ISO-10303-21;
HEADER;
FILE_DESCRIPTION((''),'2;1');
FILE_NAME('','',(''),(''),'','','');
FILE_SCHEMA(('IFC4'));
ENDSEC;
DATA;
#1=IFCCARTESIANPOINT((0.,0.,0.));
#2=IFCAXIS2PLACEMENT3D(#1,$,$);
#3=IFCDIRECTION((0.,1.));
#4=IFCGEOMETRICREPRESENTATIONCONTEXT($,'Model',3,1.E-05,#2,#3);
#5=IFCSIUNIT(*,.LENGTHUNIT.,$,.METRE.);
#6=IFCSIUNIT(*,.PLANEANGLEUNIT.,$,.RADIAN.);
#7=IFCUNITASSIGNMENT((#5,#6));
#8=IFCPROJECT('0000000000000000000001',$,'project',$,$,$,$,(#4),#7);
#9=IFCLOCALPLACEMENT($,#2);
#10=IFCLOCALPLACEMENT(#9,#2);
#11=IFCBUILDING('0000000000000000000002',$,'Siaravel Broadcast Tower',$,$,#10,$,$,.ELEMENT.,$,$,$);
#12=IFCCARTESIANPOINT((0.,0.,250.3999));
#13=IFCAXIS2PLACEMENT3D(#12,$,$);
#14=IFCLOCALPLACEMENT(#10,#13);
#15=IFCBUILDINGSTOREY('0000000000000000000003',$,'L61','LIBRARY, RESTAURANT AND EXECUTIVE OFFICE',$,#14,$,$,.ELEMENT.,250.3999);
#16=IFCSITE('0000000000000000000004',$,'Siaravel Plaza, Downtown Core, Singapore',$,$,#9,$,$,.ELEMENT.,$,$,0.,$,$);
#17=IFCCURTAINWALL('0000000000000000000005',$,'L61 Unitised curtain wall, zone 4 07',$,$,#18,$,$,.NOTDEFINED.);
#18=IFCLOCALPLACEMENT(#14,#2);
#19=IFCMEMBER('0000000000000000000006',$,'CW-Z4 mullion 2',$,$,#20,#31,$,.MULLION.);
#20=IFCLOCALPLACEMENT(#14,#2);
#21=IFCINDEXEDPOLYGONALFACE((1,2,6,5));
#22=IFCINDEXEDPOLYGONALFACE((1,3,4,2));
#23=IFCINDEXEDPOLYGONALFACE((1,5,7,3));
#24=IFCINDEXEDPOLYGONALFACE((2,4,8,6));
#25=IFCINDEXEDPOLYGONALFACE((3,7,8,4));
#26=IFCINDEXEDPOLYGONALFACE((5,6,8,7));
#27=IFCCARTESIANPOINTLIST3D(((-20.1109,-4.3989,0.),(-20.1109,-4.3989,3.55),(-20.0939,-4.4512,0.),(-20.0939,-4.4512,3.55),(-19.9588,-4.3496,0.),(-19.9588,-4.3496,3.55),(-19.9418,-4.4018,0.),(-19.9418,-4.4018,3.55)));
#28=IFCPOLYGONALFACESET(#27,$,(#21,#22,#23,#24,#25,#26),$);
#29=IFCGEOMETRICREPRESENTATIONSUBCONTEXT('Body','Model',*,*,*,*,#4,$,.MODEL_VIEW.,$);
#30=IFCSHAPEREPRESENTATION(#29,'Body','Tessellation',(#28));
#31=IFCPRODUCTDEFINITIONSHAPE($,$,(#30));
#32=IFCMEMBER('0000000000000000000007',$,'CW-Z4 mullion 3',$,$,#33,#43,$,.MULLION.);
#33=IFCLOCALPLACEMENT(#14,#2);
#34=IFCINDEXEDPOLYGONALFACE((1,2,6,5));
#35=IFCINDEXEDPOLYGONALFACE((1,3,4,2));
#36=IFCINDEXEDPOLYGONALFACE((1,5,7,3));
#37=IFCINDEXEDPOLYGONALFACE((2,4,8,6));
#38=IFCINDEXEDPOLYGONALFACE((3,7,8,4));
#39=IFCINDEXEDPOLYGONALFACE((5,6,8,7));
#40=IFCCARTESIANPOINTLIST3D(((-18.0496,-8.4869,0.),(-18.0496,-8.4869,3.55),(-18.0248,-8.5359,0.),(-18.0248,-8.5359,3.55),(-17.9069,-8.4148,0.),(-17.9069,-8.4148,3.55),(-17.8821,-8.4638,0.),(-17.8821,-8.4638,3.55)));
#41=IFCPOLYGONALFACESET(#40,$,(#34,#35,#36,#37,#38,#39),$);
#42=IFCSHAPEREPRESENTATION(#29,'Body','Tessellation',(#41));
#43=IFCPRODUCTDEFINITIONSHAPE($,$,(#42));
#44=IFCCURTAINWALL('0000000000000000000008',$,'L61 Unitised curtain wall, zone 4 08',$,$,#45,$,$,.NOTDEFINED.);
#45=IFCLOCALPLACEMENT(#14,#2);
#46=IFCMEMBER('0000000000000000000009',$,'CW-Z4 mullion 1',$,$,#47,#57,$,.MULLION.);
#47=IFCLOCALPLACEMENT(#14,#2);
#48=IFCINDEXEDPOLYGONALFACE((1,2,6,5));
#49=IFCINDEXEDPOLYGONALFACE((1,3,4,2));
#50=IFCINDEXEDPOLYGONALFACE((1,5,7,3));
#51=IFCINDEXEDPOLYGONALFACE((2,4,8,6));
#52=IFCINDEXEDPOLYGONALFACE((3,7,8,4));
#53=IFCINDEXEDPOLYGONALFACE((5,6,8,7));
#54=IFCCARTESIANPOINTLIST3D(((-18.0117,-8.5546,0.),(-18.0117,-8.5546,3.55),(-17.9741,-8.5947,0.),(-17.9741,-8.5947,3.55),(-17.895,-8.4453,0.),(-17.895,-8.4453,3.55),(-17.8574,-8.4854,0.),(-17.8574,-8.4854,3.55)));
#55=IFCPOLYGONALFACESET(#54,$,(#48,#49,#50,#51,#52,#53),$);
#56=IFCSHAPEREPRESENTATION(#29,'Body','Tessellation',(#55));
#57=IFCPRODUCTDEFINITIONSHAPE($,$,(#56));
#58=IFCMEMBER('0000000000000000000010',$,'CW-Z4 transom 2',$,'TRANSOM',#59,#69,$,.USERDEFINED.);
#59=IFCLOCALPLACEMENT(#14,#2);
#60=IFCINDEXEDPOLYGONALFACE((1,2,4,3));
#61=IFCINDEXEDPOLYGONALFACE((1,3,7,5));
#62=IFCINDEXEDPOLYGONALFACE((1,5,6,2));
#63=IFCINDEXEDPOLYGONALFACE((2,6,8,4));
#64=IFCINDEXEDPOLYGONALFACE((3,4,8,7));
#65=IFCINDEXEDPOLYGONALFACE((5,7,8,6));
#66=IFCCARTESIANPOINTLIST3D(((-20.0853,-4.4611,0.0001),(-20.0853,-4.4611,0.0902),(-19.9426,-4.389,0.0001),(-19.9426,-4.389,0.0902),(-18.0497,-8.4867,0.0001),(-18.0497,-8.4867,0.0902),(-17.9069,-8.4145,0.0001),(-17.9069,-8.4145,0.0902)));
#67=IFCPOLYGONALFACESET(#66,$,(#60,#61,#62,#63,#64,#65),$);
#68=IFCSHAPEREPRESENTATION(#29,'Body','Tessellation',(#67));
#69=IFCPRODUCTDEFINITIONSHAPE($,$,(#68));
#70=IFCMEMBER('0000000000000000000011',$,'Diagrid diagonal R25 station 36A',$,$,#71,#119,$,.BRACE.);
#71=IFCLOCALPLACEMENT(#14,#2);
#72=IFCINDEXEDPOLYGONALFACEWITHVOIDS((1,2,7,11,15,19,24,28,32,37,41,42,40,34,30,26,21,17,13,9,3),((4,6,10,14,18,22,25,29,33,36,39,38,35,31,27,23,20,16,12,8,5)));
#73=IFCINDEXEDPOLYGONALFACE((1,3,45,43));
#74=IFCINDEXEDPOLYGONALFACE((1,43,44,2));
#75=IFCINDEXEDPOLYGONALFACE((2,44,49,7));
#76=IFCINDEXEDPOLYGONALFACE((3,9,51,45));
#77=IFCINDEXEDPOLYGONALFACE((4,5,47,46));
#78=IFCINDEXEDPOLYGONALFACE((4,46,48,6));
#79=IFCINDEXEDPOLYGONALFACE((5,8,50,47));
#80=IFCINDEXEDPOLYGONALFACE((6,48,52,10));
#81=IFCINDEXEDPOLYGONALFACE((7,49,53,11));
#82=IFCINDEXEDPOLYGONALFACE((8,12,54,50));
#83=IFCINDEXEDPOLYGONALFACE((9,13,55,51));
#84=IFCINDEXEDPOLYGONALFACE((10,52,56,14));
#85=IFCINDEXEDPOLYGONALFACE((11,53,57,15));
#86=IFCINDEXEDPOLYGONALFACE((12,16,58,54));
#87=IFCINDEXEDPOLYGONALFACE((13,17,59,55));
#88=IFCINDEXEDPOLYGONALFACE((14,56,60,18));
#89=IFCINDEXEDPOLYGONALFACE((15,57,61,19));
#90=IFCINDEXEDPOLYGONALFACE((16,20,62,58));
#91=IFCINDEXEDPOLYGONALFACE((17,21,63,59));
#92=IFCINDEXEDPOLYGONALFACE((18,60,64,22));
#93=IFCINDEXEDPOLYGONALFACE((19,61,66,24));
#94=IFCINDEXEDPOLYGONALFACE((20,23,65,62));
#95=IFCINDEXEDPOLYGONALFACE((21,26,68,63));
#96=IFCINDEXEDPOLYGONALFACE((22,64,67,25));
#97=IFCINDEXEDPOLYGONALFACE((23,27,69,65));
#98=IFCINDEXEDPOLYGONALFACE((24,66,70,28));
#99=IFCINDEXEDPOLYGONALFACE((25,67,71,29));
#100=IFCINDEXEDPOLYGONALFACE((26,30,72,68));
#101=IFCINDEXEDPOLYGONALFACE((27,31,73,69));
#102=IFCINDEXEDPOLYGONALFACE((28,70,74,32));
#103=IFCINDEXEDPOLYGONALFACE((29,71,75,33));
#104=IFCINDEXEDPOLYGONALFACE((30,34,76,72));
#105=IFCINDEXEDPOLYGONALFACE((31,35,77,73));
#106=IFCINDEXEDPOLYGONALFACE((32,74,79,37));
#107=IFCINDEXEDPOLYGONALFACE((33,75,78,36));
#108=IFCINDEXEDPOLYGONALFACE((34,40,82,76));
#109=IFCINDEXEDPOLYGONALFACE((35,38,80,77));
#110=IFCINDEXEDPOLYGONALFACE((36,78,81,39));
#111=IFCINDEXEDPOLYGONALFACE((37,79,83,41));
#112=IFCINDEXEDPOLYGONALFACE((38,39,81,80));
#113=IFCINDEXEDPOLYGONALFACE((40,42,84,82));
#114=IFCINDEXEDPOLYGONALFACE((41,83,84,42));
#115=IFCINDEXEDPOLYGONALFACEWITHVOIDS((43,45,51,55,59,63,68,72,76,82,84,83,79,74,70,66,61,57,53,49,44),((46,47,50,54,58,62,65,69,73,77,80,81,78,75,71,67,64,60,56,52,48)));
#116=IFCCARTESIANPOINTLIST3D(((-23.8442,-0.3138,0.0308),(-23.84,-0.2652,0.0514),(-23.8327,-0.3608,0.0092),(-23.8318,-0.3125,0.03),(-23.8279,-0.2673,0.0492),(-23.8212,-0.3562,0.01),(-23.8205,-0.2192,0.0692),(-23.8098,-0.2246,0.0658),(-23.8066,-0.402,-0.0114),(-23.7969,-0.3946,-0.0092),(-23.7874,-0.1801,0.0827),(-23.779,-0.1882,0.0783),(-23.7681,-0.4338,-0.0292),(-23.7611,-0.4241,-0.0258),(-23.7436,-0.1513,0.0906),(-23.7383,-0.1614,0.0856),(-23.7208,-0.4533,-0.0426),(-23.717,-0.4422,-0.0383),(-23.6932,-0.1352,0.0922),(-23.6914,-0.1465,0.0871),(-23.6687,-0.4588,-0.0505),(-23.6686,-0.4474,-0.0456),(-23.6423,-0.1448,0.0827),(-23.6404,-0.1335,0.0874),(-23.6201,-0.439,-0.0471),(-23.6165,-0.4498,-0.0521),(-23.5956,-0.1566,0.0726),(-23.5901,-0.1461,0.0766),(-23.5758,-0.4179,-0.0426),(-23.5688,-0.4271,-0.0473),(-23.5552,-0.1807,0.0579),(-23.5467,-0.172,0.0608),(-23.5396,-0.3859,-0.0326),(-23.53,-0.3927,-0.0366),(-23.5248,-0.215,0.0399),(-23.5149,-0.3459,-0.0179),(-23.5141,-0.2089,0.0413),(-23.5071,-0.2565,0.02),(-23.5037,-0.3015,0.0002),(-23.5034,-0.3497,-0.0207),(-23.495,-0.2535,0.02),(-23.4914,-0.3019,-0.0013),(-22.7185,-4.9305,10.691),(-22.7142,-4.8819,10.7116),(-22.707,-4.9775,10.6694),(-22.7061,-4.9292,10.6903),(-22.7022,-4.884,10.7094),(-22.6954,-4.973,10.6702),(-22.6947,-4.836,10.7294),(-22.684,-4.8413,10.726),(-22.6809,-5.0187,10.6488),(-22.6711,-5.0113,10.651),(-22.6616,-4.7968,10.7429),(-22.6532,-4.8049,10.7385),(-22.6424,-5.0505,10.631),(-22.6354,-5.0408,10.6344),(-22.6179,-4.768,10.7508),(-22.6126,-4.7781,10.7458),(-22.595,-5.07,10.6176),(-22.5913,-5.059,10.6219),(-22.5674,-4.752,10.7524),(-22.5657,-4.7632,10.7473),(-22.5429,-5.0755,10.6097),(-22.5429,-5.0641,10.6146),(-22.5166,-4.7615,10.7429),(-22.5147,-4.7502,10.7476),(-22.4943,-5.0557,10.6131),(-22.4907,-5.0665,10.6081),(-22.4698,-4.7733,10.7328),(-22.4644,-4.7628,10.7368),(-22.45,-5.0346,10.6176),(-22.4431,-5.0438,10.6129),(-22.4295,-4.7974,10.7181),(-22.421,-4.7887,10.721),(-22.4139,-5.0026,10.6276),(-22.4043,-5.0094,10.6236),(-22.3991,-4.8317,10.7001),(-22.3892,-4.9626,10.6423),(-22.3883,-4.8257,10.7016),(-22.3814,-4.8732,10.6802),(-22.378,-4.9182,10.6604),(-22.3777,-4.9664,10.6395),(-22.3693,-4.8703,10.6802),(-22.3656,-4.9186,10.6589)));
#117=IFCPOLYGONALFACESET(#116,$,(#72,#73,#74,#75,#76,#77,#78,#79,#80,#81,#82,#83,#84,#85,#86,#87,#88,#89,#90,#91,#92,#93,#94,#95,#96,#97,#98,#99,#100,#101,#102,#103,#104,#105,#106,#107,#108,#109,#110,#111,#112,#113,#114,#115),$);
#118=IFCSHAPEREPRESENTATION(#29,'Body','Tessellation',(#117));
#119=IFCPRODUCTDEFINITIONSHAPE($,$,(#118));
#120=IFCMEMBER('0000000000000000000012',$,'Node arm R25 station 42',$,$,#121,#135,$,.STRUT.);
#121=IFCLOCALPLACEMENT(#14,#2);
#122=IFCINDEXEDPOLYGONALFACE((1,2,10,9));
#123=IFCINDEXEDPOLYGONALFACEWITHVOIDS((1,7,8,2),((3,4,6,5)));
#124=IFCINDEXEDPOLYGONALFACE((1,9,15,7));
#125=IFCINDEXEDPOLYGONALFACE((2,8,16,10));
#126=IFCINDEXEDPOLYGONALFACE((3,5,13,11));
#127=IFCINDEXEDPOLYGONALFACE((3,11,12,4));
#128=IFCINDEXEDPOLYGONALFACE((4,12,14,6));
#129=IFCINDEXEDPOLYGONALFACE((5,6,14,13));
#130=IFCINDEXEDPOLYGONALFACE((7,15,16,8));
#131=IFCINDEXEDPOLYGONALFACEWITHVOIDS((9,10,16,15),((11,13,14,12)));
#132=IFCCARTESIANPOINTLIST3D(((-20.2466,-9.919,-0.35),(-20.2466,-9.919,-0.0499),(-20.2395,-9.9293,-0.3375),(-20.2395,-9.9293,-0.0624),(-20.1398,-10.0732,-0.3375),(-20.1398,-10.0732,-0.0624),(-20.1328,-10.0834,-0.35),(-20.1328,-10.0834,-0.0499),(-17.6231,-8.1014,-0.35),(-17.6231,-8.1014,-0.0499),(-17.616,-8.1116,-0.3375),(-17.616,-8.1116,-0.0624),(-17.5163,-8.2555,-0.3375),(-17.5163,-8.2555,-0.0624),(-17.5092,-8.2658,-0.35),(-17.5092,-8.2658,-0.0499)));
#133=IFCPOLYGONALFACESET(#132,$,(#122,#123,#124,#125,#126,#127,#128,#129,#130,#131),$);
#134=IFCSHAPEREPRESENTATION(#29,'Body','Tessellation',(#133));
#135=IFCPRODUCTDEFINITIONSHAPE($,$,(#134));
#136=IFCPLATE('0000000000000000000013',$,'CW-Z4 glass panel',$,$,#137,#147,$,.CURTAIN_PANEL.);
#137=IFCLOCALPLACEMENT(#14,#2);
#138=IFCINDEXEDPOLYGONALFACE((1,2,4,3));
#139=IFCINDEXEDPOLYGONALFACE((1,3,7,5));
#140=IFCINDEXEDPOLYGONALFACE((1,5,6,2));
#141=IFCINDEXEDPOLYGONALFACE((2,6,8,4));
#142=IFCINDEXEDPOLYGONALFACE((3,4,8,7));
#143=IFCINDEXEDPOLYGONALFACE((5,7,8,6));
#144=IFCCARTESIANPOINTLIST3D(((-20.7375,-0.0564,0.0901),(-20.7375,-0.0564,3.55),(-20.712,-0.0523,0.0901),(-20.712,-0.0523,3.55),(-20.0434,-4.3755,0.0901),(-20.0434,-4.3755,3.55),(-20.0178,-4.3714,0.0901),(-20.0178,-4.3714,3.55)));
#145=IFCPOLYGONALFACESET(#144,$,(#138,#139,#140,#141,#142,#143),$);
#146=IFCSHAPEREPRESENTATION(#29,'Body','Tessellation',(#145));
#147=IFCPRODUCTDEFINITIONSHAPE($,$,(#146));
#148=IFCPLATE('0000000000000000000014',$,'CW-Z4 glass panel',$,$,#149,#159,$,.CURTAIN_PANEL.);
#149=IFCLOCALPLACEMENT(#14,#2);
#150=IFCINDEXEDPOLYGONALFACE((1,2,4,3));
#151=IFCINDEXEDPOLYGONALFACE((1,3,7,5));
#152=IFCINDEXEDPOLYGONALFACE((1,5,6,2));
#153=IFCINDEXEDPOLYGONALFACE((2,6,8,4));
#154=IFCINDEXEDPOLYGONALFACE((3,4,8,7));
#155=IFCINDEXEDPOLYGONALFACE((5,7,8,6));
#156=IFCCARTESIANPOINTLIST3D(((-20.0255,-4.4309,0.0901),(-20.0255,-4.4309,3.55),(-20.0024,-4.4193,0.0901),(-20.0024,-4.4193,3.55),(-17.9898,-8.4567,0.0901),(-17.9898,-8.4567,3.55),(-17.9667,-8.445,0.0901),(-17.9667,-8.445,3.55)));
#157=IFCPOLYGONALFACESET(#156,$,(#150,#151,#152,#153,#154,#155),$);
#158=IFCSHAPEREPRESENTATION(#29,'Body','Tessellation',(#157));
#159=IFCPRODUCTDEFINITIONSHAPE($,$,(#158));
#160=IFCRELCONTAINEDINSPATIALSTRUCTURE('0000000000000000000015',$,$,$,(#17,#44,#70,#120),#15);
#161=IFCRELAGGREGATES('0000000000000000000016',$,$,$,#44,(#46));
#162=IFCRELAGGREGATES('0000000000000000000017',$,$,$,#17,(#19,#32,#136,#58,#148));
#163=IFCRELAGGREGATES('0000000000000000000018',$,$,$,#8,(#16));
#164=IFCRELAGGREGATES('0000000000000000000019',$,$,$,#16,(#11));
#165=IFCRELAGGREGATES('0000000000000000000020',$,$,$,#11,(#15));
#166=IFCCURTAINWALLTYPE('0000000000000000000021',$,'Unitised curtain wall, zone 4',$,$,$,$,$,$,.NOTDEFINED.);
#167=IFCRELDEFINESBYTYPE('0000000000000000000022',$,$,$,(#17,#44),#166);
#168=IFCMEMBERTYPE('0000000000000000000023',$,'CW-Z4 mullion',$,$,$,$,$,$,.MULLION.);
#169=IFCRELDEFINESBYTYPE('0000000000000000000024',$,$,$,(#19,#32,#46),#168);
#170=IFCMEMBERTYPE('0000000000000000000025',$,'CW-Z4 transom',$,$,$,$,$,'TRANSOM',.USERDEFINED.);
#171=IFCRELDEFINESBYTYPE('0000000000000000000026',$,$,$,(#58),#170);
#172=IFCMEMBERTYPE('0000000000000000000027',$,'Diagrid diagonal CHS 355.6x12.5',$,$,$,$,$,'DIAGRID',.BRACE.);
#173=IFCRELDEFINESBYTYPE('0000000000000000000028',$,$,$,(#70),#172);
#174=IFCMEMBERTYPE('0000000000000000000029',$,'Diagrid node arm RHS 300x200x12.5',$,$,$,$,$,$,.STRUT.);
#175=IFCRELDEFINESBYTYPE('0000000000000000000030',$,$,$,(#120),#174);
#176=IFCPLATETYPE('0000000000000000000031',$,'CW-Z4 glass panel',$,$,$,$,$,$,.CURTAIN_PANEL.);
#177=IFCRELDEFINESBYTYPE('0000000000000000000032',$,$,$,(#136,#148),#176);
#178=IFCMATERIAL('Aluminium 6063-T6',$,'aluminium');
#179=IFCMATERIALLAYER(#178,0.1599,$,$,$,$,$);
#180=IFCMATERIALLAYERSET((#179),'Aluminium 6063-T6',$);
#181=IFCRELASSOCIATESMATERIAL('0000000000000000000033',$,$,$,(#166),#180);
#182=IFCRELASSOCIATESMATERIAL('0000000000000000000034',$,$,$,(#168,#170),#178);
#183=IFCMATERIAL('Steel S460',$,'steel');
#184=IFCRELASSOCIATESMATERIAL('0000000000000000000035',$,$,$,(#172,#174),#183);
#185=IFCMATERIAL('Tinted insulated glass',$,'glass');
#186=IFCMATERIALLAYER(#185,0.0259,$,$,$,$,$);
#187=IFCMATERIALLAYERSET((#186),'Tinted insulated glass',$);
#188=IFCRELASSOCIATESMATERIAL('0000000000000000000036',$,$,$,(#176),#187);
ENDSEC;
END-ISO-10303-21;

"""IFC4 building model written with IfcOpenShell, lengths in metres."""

from ifc_helpers import new_model, si_unit, direction, frame, origin, origin_2d, place, context, subcontext, project, spatial, rectangle, hollow_rectangle, hollow_circle, extrude, material, layer, layer_set, material_profile, profile_set, type_object, element, aggregate, save


model = new_model("IFC4")

# Units and contexts
model_context = context("Model", 3, precision=1e-05, world=origin(), true_north=direction((0.0, 1.0)))
body_context = subcontext(model_context, "Body", "Model", "MODEL_VIEW")
ifc_project = project(units=[si_unit("LENGTHUNIT", "METRE"), si_unit("PLANEANGLEUNIT", "RADIAN")], contexts=[model_context])

# Site, building, storey
site_placement = place(None, origin())
site = spatial("IfcSite", under=ifc_project, at=site_placement, Name="Siaravel Plaza, Downtown Core, Singapore", CompositionType="ELEMENT", RefElevation=0.0)
building_placement = place(site_placement, origin())
building = spatial("IfcBuilding", under=site, at=building_placement, Name="Siaravel Broadcast Tower", CompositionType="ELEMENT")
storey_placement = place(building_placement, frame((0.0, 0.0, 250.3999)))
storey = spatial("IfcBuildingStorey", under=building, at=storey_placement, Name="L61", Description="LIBRARY, RESTAURANT AND EXECUTIVE OFFICE", CompositionType="ELEMENT", Elevation=250.3999)

# Curtain wall, members
ifc_material_1 = material(Name="Aluminium 6063-T6", Category="aluminium")
ifc_layer_1 = layer(ifc_material_1, 0.1599)
ifc_layer_set_1 = layer_set([ifc_layer_1], Name="Aluminium 6063-T6")
curtain_wall_type = type_object("IfcCurtainWallType", Name="Unitised curtain wall, zone 4", PredefinedType="NOTDEFINED", material=ifc_layer_set_1)
curtain_wall_1_placement = place(storey_placement, origin())
curtain_wall_1 = element("IfcCurtainWall", 1, at=curtain_wall_1_placement, inside=storey, type_object=curtain_wall_type, Name="L61 Unitised curtain wall, zone 4 07", PredefinedType="NOTDEFINED")
ifc_material_profile_1 = material_profile(ifc_material_1, rectangle(XDim=0.1599, YDim=0.0549, at=origin_2d()))
ifc_profile_set_1 = profile_set([ifc_material_profile_1], Name="Aluminium 6063-T6")
member_type_1 = type_object("IfcMemberType", Name="CW-Z4 mullion", PredefinedType="MULLION", material=ifc_profile_set_1)
member_1_placement = place(storey_placement, frame((-20.0264, -4.4004, 0.0), z_axis=(0.0, 0.0, 1.0), x_axis=(0.951178, 0.308644, 0.0)))
member_1 = element("IfcMember", 2, at=member_1_placement, type_object=member_type_1, Name="CW-Z4 mullion 2", PredefinedType="MULLION", context=body_context, shape_type="SweptSolid", body=[
    extrude(rectangle(XDim=0.1599, YDim=0.0549, at=origin_2d()), origin(), (0.0, 0.0, 1.0), 3.55),
])
member_2_placement = place(storey_placement, frame((-17.9658, -8.4753, 0.0), z_axis=(0.0, 0.0, 1.0), x_axis=(0.892393, 0.451259, 0.0)))
member_2 = element("IfcMember", 3, at=member_2_placement, type_object=member_type_1, Name="CW-Z4 mullion 3", PredefinedType="MULLION", context=body_context, shape_type="SweptSolid", body=[
    extrude(rectangle(XDim=0.1599, YDim=0.0549, at=origin_2d()), origin(), (0.0, 0.0, 1.0), 3.55),
])

# Curtain wall, member
curtain_wall_2_placement = place(storey_placement, origin())
curtain_wall_2 = element("IfcCurtainWall", 4, at=curtain_wall_2_placement, inside=storey, type_object=curtain_wall_type, Name="L61 Unitised curtain wall, zone 4 08", PredefinedType="NOTDEFINED")
member_3_placement = place(storey_placement, frame((-17.9346, -8.52, 0.0), z_axis=(0.0, 0.0, 1.0), x_axis=(0.729807, 0.683654, 0.0)))
member_3 = element("IfcMember", 5, at=member_3_placement, type_object=member_type_1, Name="CW-Z4 mullion 1", PredefinedType="MULLION", context=body_context, shape_type="SweptSolid", body=[
    extrude(rectangle(XDim=0.1599, YDim=0.0549, at=origin_2d()), origin(), (0.0, 0.0, 1.0), 3.55),
])
aggregate(curtain_wall_2, [member_3])

# Member
ifc_material_profile_2 = material_profile(ifc_material_1, rectangle(XDim=0.1599, YDim=0.0901, at=origin_2d()))
ifc_profile_set_2 = profile_set([ifc_material_profile_2], Name="Aluminium 6063-T6")
member_type_2 = type_object("IfcMemberType", Name="CW-Z4 transom", ElementType="TRANSOM", PredefinedType="USERDEFINED", material=ifc_profile_set_2)
member_4_placement = place(storey_placement, frame((-20.0139, -4.425, 0.0452), z_axis=(0.451257, -0.892394, 0.0), x_axis=(0.892394, 0.451257, 0.0)))
member_4 = element("IfcMember", 6, at=member_4_placement, type_object=member_type_2, Name="CW-Z4 transom 2", ObjectType="TRANSOM", PredefinedType="USERDEFINED", context=body_context, shape_type="SweptSolid", body=[
    extrude(rectangle(XDim=0.1599, YDim=0.0901, at=origin_2d()), origin(), (0.0, 0.0, 1.0), 4.511),
])

# Members
ifc_material_2 = material(Name="Steel S460", Category="steel")
ifc_material_profile_3 = material_profile(ifc_material_2, hollow_circle(Radius=0.1777, WallThickness=0.0125, at=origin_2d()))
ifc_profile_set_3 = profile_set([ifc_material_profile_3], Name="Steel S460")
member_type_3 = type_object("IfcMemberType", Name="Diagrid diagonal CHS 355.6x12.5", ElementType="DIAGRID", PredefinedType="BRACE", material=ifc_profile_set_3)
member_5_placement = place(storey_placement, frame((-23.6677, -0.2957, 0.02), z_axis=(0.096453, -0.395559, 0.913362), x_axis=(0.971534, 0.236898, 0.0)))
element("IfcMember", 7, at=member_5_placement, inside=storey, type_object=member_type_3, Name="Diagrid diagonal R25 station 36A", PredefinedType="BRACE", context=body_context, shape_type="SweptSolid", body=[
    extrude(hollow_circle(Radius=0.1777, WallThickness=0.0125, at=origin_2d()), origin(), (0.0, 0.0, 1.0), 11.6714),
])
ifc_material_profile_4 = material_profile(ifc_material_2, hollow_rectangle(XDim=0.2, YDim=0.3, WallThickness=0.0125, at=origin_2d()))
ifc_profile_set_4 = profile_set([ifc_material_profile_4], Name="Steel S460")
member_type_4 = type_object("IfcMemberType", Name="Diagrid node arm RHS 300x200x12.5", PredefinedType="STRUT", material=ifc_profile_set_4)
member_6_placement = place(storey_placement, frame((-17.5662, -8.1836, -0.2), z_axis=(-0.821997, -0.569492, 0.0), x_axis=(0.569492, -0.821997, 0.0)))
element("IfcMember", 8, at=member_6_placement, inside=storey, type_object=member_type_4, Name="Node arm R25 station 42", PredefinedType="STRUT", context=body_context, shape_type="SweptSolid", body=[
    extrude(hollow_rectangle(XDim=0.2, YDim=0.3, WallThickness=0.0125, at=origin_2d()), origin(), (0.0, 0.0, 1.0), 3.1917),
])

# Plates
ifc_material_3 = material(Name="Tinted insulated glass", Category="glass")
ifc_layer_2 = layer(ifc_material_3, 0.0259)
ifc_layer_set_2 = layer_set([ifc_layer_2], Name="Tinted insulated glass")
plate_type = type_object("IfcPlateType", Name="CW-Z4 glass panel", PredefinedType="CURTAIN_PANEL", material=ifc_layer_set_2)
plate_1_placement = place(storey_placement, frame((-20.3777, -2.2139, 0.0901), z_axis=(0.0, 0.0, 1.0), x_axis=(0.158685, -0.987329, 0.0)))
plate_1 = element("IfcPlate", 9, at=plate_1_placement, type_object=plate_type, Name="CW-Z4 glass panel", PredefinedType="CURTAIN_PANEL", context=body_context, shape_type="SweptSolid", body=[
    extrude(rectangle(XDim=4.3745, YDim=0.0259, at=origin_2d()), origin(), (0.0, 0.0, 1.0), 3.46),
])
plate_2_placement = place(storey_placement, frame((-18.9961, -6.438, 0.0901), z_axis=(0.0, 0.0, 1.0), x_axis=(0.451259, -0.892393, 0.0)))
plate_2 = element("IfcPlate", 10, at=plate_2_placement, type_object=plate_type, Name="CW-Z4 glass panel", PredefinedType="CURTAIN_PANEL", context=body_context, shape_type="SweptSolid", body=[
    extrude(rectangle(XDim=4.5112, YDim=0.0259, at=origin_2d()), origin(), (0.0, 0.0, 1.0), 3.46),
])
aggregate(curtain_wall_1, [member_1, member_2, plate_1, member_4, plate_2])

save(model, "model.ifc")
